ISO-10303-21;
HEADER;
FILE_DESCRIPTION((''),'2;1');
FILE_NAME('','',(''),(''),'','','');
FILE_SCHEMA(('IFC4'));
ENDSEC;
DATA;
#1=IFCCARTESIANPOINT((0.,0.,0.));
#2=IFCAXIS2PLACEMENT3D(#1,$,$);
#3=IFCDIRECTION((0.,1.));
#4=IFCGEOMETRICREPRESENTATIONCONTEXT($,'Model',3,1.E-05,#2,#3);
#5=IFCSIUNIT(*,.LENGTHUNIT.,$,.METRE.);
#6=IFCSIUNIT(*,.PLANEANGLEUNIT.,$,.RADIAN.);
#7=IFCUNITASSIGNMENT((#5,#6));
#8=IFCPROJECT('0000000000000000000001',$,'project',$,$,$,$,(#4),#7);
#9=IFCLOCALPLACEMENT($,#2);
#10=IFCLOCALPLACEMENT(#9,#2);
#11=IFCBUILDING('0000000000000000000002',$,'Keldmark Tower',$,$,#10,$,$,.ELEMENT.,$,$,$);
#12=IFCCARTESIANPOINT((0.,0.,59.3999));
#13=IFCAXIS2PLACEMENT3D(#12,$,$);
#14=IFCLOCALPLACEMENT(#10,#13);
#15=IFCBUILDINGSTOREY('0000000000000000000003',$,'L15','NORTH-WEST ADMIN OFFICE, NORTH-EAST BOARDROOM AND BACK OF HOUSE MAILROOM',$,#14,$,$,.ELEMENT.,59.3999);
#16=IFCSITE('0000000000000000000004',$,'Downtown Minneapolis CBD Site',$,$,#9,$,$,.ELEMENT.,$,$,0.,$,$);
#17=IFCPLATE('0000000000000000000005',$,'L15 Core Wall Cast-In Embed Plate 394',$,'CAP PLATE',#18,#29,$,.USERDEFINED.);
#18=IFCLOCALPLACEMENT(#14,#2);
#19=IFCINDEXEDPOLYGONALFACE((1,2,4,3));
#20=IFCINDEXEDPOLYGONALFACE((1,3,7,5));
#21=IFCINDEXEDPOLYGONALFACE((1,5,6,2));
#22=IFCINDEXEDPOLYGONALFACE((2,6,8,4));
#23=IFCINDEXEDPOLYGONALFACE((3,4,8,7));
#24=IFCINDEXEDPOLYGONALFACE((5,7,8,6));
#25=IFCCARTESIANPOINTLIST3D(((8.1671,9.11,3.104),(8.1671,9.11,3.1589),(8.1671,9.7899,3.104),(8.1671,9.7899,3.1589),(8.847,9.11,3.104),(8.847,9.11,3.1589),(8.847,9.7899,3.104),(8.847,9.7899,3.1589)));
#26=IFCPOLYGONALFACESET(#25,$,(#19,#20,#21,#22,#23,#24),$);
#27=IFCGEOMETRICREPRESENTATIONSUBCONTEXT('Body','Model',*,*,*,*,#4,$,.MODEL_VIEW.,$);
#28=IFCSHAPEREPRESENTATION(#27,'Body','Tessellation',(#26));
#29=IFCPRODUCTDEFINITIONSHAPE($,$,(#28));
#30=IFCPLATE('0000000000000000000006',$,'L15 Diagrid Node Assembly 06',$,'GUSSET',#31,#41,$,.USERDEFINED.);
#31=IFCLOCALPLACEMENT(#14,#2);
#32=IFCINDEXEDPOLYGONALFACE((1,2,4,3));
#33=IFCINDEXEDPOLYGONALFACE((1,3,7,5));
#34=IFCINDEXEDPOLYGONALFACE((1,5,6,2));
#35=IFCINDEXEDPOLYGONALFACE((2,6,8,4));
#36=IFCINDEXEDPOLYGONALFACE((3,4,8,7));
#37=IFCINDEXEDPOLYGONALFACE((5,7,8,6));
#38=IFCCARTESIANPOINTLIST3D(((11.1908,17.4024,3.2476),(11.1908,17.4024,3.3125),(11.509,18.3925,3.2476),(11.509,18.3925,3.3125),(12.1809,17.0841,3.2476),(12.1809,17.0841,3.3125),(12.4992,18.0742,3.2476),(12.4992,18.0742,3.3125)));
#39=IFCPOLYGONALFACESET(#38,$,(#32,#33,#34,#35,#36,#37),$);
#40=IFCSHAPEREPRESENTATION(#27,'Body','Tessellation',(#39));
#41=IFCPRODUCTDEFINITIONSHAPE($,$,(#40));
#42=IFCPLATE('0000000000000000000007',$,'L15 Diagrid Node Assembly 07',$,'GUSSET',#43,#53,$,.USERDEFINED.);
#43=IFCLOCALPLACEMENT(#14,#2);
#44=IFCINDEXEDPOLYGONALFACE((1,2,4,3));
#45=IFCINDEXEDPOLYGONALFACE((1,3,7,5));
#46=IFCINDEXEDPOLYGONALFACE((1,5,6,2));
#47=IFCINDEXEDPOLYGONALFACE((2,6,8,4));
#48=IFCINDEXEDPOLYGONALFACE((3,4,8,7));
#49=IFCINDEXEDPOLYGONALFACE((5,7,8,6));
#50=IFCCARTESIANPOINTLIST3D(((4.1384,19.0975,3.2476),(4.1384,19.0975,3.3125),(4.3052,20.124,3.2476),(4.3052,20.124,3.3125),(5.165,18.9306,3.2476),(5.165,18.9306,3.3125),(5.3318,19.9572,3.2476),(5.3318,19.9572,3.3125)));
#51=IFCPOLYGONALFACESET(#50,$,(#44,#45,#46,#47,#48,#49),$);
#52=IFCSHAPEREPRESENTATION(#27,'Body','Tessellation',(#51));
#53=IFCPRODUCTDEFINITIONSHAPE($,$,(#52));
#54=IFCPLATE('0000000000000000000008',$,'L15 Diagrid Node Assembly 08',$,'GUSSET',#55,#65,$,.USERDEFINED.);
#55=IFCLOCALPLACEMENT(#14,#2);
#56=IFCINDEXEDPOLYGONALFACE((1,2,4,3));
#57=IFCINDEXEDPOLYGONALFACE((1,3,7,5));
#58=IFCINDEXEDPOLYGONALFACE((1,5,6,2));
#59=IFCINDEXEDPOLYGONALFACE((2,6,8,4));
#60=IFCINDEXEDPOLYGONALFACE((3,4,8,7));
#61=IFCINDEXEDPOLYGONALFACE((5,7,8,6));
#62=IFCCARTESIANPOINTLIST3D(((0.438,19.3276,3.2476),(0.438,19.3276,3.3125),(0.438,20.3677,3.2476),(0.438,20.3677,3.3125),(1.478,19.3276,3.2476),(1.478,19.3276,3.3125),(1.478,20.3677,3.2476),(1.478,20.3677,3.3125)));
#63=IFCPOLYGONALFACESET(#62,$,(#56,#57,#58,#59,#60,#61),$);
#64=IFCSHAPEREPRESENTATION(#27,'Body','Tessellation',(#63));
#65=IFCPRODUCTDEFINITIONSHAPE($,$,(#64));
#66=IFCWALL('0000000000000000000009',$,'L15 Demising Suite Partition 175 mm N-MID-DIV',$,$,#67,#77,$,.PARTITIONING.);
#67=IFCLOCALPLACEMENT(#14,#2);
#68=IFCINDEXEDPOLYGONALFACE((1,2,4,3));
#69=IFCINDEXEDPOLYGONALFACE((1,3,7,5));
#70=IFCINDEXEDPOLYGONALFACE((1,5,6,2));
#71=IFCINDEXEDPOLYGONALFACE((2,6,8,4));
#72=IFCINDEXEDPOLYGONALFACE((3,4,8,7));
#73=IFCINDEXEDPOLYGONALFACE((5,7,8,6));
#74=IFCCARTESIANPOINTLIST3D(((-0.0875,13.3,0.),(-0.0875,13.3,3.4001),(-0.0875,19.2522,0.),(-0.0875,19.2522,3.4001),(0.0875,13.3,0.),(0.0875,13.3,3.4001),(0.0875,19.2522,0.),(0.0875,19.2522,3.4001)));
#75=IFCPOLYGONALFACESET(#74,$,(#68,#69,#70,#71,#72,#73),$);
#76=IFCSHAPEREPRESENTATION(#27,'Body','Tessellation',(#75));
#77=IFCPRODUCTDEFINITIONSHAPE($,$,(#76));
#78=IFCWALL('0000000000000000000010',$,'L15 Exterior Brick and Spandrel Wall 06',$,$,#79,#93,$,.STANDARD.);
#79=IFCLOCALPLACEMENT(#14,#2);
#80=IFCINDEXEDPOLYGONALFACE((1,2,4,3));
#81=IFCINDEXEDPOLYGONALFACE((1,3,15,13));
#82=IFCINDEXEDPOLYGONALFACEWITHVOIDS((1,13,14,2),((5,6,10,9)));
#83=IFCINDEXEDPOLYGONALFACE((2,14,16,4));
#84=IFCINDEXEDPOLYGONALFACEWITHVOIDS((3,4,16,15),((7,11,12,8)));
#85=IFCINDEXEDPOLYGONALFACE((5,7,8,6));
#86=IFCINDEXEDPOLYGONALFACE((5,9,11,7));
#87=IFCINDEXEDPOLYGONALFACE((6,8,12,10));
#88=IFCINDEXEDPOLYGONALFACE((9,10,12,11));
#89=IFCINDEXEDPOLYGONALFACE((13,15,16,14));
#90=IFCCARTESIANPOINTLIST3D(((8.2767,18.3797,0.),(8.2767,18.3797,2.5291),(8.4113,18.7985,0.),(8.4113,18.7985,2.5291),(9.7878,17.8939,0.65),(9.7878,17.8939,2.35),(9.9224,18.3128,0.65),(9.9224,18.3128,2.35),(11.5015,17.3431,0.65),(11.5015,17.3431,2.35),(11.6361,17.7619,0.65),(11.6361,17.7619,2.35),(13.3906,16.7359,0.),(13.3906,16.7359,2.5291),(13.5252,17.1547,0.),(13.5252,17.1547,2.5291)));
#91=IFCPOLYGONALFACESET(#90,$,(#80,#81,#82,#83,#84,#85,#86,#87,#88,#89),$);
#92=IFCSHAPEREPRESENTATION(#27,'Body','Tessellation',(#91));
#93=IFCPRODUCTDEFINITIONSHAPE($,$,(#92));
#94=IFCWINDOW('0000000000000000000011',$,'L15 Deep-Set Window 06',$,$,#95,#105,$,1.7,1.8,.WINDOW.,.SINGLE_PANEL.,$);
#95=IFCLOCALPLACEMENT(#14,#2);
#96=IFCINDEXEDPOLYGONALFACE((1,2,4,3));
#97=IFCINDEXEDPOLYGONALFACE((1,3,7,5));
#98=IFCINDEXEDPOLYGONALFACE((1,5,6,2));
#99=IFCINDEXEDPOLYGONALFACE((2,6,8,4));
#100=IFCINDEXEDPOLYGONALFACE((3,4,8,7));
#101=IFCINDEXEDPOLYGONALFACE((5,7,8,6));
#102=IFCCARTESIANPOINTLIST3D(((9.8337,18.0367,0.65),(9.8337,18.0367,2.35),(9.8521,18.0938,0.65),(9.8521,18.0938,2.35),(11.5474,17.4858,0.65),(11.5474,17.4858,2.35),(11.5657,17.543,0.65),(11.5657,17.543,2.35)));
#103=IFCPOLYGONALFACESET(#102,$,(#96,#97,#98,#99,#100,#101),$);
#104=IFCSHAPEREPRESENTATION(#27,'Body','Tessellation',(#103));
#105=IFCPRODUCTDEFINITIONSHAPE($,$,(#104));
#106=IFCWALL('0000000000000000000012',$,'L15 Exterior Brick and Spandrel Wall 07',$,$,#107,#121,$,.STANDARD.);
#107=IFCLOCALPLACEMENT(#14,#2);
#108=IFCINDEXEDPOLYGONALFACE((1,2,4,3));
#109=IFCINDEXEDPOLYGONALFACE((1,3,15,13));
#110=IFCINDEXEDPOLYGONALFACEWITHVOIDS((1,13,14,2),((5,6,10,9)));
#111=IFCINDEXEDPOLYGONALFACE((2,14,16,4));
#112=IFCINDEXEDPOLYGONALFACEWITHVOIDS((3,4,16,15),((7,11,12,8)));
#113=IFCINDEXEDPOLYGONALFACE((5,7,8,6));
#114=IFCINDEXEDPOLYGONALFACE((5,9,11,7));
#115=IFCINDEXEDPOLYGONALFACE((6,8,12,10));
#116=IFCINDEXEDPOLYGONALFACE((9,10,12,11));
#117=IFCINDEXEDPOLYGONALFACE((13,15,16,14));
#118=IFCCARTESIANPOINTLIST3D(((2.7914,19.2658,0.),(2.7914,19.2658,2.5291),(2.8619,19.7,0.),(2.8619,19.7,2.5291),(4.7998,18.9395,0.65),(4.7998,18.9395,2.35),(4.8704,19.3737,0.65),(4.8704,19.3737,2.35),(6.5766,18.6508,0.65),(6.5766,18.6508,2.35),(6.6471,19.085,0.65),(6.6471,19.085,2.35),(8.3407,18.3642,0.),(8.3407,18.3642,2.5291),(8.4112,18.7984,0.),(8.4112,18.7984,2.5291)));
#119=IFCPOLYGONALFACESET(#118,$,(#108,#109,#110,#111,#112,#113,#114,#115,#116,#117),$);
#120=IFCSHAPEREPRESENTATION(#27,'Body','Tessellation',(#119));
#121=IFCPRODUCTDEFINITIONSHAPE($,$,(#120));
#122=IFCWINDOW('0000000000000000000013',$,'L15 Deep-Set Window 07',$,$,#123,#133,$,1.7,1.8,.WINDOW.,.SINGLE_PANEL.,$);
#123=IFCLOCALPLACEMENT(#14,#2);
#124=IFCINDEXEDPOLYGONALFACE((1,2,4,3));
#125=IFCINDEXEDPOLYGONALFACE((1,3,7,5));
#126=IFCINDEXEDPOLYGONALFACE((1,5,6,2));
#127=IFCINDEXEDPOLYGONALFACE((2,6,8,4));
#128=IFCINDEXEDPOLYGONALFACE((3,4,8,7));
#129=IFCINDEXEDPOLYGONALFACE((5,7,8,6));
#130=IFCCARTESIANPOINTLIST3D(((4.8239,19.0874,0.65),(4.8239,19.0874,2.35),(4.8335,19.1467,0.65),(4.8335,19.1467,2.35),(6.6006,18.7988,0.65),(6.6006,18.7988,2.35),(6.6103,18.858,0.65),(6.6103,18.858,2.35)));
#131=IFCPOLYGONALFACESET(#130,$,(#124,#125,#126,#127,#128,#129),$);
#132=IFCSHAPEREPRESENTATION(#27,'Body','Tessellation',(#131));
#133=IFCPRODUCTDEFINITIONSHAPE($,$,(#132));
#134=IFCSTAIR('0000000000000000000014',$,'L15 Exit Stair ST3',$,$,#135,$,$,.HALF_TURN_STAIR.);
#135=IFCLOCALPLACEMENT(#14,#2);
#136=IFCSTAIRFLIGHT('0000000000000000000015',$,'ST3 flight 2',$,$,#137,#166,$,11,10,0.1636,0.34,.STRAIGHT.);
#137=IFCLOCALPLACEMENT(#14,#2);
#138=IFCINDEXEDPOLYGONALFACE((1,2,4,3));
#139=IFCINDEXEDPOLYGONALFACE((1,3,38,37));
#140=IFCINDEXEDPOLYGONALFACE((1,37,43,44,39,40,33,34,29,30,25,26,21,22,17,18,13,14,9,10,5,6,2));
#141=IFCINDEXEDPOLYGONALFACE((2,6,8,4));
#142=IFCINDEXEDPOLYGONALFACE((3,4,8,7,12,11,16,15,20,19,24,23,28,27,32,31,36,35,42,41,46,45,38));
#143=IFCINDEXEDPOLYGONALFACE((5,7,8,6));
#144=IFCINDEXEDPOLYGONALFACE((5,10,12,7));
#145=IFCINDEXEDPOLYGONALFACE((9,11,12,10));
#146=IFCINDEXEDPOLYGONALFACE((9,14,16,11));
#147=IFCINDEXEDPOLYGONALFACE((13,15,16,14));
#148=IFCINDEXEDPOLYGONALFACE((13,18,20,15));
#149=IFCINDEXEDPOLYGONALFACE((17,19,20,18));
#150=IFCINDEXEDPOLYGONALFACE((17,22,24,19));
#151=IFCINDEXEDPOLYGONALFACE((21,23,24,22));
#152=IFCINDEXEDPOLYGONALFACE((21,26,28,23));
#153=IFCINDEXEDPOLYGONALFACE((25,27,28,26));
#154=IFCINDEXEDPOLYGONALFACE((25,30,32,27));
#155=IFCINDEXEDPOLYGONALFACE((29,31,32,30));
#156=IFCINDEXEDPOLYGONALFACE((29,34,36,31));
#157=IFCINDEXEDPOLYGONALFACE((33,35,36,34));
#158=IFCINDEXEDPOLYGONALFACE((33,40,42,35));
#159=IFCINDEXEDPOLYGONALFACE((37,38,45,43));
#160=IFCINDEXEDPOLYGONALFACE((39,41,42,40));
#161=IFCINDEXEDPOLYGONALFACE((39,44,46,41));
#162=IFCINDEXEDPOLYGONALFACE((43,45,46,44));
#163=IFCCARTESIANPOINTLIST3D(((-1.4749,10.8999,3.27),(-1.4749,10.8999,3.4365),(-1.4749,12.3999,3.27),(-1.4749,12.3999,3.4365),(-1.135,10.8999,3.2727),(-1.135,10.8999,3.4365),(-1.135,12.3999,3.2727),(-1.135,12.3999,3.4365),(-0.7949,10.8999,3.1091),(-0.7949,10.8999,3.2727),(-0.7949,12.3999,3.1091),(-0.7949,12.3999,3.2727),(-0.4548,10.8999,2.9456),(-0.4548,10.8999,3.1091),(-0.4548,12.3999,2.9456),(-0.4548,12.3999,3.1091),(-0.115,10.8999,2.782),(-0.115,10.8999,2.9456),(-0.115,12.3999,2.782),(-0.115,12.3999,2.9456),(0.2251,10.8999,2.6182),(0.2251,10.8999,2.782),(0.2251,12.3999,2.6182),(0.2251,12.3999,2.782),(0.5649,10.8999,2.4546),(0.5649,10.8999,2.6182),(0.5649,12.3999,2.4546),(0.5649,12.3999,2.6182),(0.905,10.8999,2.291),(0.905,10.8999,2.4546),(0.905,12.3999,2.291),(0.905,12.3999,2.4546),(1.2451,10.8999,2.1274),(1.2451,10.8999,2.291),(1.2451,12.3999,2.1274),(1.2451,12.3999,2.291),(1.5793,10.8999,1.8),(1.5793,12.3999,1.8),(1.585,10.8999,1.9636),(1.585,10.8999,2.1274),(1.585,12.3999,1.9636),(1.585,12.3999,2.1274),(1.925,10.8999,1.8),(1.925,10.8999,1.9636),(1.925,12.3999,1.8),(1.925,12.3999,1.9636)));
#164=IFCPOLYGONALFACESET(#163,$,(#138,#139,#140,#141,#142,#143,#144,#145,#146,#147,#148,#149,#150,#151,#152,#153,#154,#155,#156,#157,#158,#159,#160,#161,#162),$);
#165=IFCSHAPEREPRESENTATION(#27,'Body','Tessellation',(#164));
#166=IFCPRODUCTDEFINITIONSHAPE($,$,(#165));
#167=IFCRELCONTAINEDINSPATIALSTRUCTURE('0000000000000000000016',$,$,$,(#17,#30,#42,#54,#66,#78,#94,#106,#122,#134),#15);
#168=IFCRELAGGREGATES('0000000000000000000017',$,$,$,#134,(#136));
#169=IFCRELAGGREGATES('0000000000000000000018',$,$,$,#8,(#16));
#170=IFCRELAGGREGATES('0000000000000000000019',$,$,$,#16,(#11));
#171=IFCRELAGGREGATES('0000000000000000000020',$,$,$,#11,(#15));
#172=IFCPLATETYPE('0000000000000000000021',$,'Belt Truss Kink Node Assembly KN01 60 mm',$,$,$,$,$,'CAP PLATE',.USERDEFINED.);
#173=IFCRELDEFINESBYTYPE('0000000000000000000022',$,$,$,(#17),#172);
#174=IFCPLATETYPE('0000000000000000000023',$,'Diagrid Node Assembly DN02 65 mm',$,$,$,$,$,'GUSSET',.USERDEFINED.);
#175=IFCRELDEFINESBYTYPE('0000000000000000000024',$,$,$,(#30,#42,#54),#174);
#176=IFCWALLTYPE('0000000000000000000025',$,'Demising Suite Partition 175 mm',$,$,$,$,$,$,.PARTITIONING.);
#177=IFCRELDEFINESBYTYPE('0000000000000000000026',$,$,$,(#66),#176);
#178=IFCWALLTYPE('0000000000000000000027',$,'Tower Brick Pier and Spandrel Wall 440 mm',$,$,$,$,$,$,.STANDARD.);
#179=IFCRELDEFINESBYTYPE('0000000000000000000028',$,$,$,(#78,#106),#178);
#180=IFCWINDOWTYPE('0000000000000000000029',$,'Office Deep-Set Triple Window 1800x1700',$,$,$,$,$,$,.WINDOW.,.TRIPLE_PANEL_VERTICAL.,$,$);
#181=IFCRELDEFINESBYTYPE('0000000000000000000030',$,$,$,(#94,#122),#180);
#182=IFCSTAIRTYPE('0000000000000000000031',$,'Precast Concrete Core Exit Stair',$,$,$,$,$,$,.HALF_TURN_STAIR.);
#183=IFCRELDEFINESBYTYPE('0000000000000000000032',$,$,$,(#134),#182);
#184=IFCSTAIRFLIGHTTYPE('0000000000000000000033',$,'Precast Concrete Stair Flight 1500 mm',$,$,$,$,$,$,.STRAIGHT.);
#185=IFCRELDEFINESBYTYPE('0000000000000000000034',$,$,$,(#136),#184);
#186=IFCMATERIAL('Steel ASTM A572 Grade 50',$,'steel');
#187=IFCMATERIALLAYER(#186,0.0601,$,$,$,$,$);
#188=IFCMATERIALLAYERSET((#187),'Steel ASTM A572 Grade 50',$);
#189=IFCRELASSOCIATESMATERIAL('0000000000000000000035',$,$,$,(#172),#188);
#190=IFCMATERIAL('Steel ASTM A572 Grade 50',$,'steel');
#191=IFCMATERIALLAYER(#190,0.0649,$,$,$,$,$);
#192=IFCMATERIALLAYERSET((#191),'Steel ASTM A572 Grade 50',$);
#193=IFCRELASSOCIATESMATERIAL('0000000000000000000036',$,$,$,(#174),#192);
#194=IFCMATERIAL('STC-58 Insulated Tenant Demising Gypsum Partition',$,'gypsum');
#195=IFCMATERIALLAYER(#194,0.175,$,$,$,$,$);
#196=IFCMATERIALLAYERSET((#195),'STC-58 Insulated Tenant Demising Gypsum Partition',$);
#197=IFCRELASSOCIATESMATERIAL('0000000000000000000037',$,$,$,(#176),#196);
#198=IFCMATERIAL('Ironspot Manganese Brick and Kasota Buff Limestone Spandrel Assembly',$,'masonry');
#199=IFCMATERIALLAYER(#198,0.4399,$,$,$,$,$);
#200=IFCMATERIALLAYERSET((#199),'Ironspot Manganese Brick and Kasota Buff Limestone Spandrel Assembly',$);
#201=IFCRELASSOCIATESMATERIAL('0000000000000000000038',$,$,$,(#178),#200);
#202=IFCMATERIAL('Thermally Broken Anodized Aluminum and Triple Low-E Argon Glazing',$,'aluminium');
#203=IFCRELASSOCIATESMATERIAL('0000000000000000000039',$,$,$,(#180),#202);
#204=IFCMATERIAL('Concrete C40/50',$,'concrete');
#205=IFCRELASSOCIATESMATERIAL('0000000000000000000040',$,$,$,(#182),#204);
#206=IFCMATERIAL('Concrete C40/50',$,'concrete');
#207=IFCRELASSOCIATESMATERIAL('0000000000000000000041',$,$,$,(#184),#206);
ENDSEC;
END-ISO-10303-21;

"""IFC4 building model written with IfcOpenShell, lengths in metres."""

from ifc_helpers import new_model, si_unit, direction, frame, frame_2d, origin, origin_2d, place, context, subcontext, project, spatial, polyline, rectangle, outline, extrude, material, layer, layer_set, type_object, element, fill, aggregate, save


model = new_model("IFC4")

# Units and contexts
model_context = context("Model", 3, precision=1e-05, world=origin(), true_north=direction((0.0, 1.0)))
body_context = subcontext(model_context, "Body", "Model", "MODEL_VIEW")
ifc_project = project(units=[si_unit("LENGTHUNIT", "METRE"), si_unit("PLANEANGLEUNIT", "RADIAN")], contexts=[model_context])

# Site, building, storey
site_placement = place(None, origin())
site = spatial("IfcSite", under=ifc_project, at=site_placement, Name="Downtown Minneapolis CBD Site", CompositionType="ELEMENT", RefElevation=0.0)
building_placement = place(site_placement, origin())
building = spatial("IfcBuilding", under=site, at=building_placement, Name="Keldmark Tower", CompositionType="ELEMENT")
storey_placement = place(building_placement, frame((0.0, 0.0, 59.3999)))
storey = spatial("IfcBuildingStorey", under=building, at=storey_placement, Name="L15", Description="NORTH-WEST ADMIN OFFICE, NORTH-EAST BOARDROOM AND BACK OF HOUSE MAILROOM", CompositionType="ELEMENT", Elevation=59.3999)

# Plates
ifc_material_1 = material(Name="Steel ASTM A572 Grade 50", Category="steel")
ifc_layer_1 = layer(ifc_material_1, 0.0601)
ifc_layer_set_1 = layer_set([ifc_layer_1], Name="Steel ASTM A572 Grade 50")
plate_type_1 = type_object("IfcPlateType", Name="Belt Truss Kink Node Assembly KN01 60 mm", ElementType="CAP PLATE", PredefinedType="USERDEFINED", material=ifc_layer_set_1)
for number, where, z_axis, x_axis, name in (
    (1, (8.5071, 9.45, 3.104), (0.0, 0.0, 1.0), (1.0, 0.0, 0.0), "L15 Core Wall Cast-In Embed Plate 394"),
):
    element("IfcPlate", number, at=place(storey_placement, frame(where, z_axis=z_axis, x_axis=x_axis)), inside=storey, type_object=plate_type_1, Name=name, ObjectType="CAP PLATE", PredefinedType="USERDEFINED", context=body_context, shape_type="SweptSolid", body=[
        extrude(rectangle(XDim=0.6799, YDim=0.6799, at=origin_2d()), origin(), (0.0, 0.0, 1.0), 0.0549),
    ])
ifc_material_2 = material(Name="Steel ASTM A572 Grade 50", Category="steel")
ifc_layer_2 = layer(ifc_material_2, 0.0649)
ifc_layer_set_2 = layer_set([ifc_layer_2], Name="Steel ASTM A572 Grade 50")
plate_type_2 = type_object("IfcPlateType", Name="Diagrid Node Assembly DN02 65 mm", ElementType="GUSSET", PredefinedType="USERDEFINED", material=ifc_layer_set_2)
for number, where, z_axis, x_axis, name in (
    (2, (11.845, 17.7383, 3.2476), (0.0, 0.0, 1.0), (-0.952023, 0.306028, 0.0), "L15 Diagrid Node Assembly 06"),
    (3, (4.7351, 19.5273, 3.2476), (0.0, 0.0, 1.0), (-0.987052, 0.160398, 0.0), "L15 Diagrid Node Assembly 07"),
    (4, (0.958, 19.8477, 3.2476), (0.0, 0.0, 1.0), (-1.0, 0.0, 0.0), "L15 Diagrid Node Assembly 08"),
):
    element("IfcPlate", number, at=place(storey_placement, frame(where, z_axis=z_axis, x_axis=x_axis)), inside=storey, type_object=plate_type_2, Name=name, ObjectType="GUSSET", PredefinedType="USERDEFINED", context=body_context, shape_type="SweptSolid", body=[
        extrude(rectangle(XDim=1.04, YDim=1.04, at=origin_2d()), origin(), (0.0, 0.0, 1.0), 0.0649),
    ])

# Wall
ifc_material_3 = material(Name="STC-58 Insulated Tenant Demising Gypsum Partition", Category="gypsum")
ifc_layer_3 = layer(ifc_material_3, 0.175)
ifc_layer_set_3 = layer_set([ifc_layer_3], Name="STC-58 Insulated Tenant Demising Gypsum Partition")
wall_type_1 = type_object("IfcWallType", Name="Demising Suite Partition 175 mm", PredefinedType="PARTITIONING", material=ifc_layer_set_3)
wall_1_placement = place(storey_placement, frame((0.0, 13.3, 0.0), z_axis=(0.0, 0.0, 1.0), x_axis=(0.0, 1.0, 0.0)))
element("IfcWall", 5, at=wall_1_placement, inside=storey, type_object=wall_type_1, Name="L15 Demising Suite Partition 175 mm N-MID-DIV", PredefinedType="PARTITIONING", context=body_context, shape_type="SweptSolid", body=[
    extrude(rectangle(XDim=5.9521, YDim=0.175, at=frame_2d((2.9761, 0.0))), origin(), (0.0, 0.0, 1.0), 3.4001),
])

# Walls, openings, windows
ifc_material_4 = material(Name="Ironspot Manganese Brick and Kasota Buff Limestone Spandrel Assembly", Category="masonry")
ifc_layer_4 = layer(ifc_material_4, 0.4399)
ifc_layer_set_4 = layer_set([ifc_layer_4], Name="Ironspot Manganese Brick and Kasota Buff Limestone Spandrel Assembly")
wall_type_2 = type_object("IfcWallType", Name="Tower Brick Pier and Spandrel Wall 440 mm", PredefinedType="STANDARD", material=ifc_layer_set_4)
wall_2_placement = place(storey_placement, frame((8.344, 18.5891, 0.0), z_axis=(0.0, 0.0, 1.0), x_axis=(0.952024, -0.306024, 0.0)))
wall_2 = element("IfcWall", 6, at=wall_2_placement, inside=storey, type_object=wall_type_2, Name="L15 Exterior Brick and Spandrel Wall 06", PredefinedType="STANDARD", context=body_context, shape_type="SweptSolid", body=[
    extrude(rectangle(XDim=5.3716, YDim=0.4399, at=frame_2d((2.6858, 0.0))), origin(), (0.0, 0.0, 1.0), 2.5291),
])
opening_1_placement = place(wall_2_placement, frame((1.5874, 0.0, 0.6499)))
opening_1 = element("IfcOpeningElement", 7, at=opening_1_placement, cuts=wall_2, PredefinedType="OPENING", context=body_context, shape_type="SweptSolid", body=[
    extrude(rectangle(XDim=1.8, YDim=1.7, at=frame_2d((0.8999, 0.8501))), frame((0.0, 0.23, 0.0), z_axis=(0.0, -1.0, 0.0), x_axis=(1.0, 0.0, 0.0)), (0.0, 0.0, 1.0), 0.46),
])
ifc_material_5 = material(Name="Thermally Broken Anodized Aluminum and Triple Low-E Argon Glazing", Category="aluminium")
window_type = type_object("IfcWindowType", Name="Office Deep-Set Triple Window 1800x1700", PartitioningType="TRIPLE_PANEL_VERTICAL", PredefinedType="WINDOW", material=ifc_material_5)
window_1_placement = place(opening_1_placement, origin())
window_1 = element("IfcWindow", 8, at=window_1_placement, inside=storey, type_object=window_type, Name="L15 Deep-Set Window 06", OverallHeight=1.7, OverallWidth=1.8, PartitioningType="SINGLE_PANEL", PredefinedType="WINDOW", context=body_context, shape_type="SweptSolid", body=[
    extrude(rectangle(XDim=1.8, YDim=1.7, at=frame_2d((0.8999, 0.8501))), frame((0.0, -0.01, 0.0), z_axis=(0.0, -1.0, 0.0), x_axis=(1.0, 0.0, 0.0)), (0.0, 0.0, 1.0), 0.0601),
])
fill(opening_1, window_1)
wall_3_placement = place(storey_placement, frame((2.8267, 19.4829, 0.0), z_axis=(0.0, 0.0, 1.0), x_axis=(0.987057, -0.16037, 0.0)))
wall_3 = element("IfcWall", 9, at=wall_3_placement, inside=storey, type_object=wall_type_2, Name="L15 Exterior Brick and Spandrel Wall 07", PredefinedType="STANDARD", context=body_context, shape_type="SweptSolid", body=[
    extrude(rectangle(XDim=5.6221, YDim=0.4399, at=frame_2d((2.811, 0.0))), origin(), (0.0, 0.0, 1.0), 2.5291),
])
opening_2_placement = place(wall_3_placement, frame((2.0349, 0.0, 0.6499)))
opening_2 = element("IfcOpeningElement", 10, at=opening_2_placement, cuts=wall_3, PredefinedType="OPENING", context=body_context, shape_type="SweptSolid", body=[
    extrude(rectangle(XDim=1.8, YDim=1.7, at=frame_2d((0.8999, 0.8501))), frame((0.0, 0.23, 0.0), z_axis=(0.0, -1.0, 0.0), x_axis=(1.0, 0.0, 0.0)), (0.0, 0.0, 1.0), 0.46),
])
window_2_placement = place(opening_2_placement, origin())
window_2 = element("IfcWindow", 11, at=window_2_placement, inside=storey, type_object=window_type, Name="L15 Deep-Set Window 07", OverallHeight=1.7, OverallWidth=1.8, PartitioningType="SINGLE_PANEL", PredefinedType="WINDOW", context=body_context, shape_type="SweptSolid", body=[
    extrude(rectangle(XDim=1.8, YDim=1.7, at=frame_2d((0.8999, 0.8501))), frame((0.0, -0.01, 0.0), z_axis=(0.0, -1.0, 0.0), x_axis=(1.0, 0.0, 0.0)), (0.0, 0.0, 1.0), 0.0601),
])
fill(opening_2, window_2)

# Stair, stair flight
ifc_material_6 = material(Name="Concrete C40/50", Category="concrete")
stair_type = type_object("IfcStairType", Name="Precast Concrete Core Exit Stair", PredefinedType="HALF_TURN_STAIR", material=ifc_material_6)
stair_placement = place(storey_placement, origin())
stair = element("IfcStair", 12, at=stair_placement, inside=storey, type_object=stair_type, Name="L15 Exit Stair ST3", PredefinedType="HALF_TURN_STAIR")
ifc_material_7 = material(Name="Concrete C40/50", Category="concrete")
stair_flight_type = type_object("IfcStairFlightType", Name="Precast Concrete Stair Flight 1500 mm", PredefinedType="STRAIGHT", material=ifc_material_7)
stair_flight_placement = place(storey_placement, frame((1.925, 11.6499, 1.8), z_axis=(0.0, 0.0, 1.0), x_axis=(-1.0, 0.0, 0.0)))
stair_flight = element("IfcStairFlight", 13, at=stair_flight_placement, type_object=stair_flight_type, Name="ST3 flight 2", NumberOfRisers=11, NumberOfTreads=10, PredefinedType="STRAIGHT", RiserHeight=0.1636, TreadLength=0.34, context=body_context, shape_type="SweptSolid", body=[
    extrude(outline(polyline([(0.0, 0.0), (0.0, 0.1636), (0.3401, 0.1636), (0.3401, 0.3274), (0.6799, 0.3274), (0.6799, 0.491), (1.02, 0.491), (1.02, 0.6545), (1.3601, 0.6545), (1.3601, 0.8181), (1.7, 0.8181), (1.7, 0.9819), (2.04, 0.9819), (2.04, 1.1455), (2.3799, 1.1455), (2.3799, 1.3091), (2.72, 1.3091), (2.72, 1.4727), (3.0601, 1.4727), (3.0601, 1.6365), (3.3999, 1.6365), (3.3999, 1.8), (3.3999, 1.47), (0.3457, 0.0), (0.0, 0.0)])), frame((0.0, 0.75, 0.0), z_axis=(0.0, -1.0, 0.0), x_axis=(1.0, 0.0, 0.0)), (0.0, 0.0, 1.0), 1.5),
])
aggregate(stair, [stair_flight])

save(model, "model.ifc")
